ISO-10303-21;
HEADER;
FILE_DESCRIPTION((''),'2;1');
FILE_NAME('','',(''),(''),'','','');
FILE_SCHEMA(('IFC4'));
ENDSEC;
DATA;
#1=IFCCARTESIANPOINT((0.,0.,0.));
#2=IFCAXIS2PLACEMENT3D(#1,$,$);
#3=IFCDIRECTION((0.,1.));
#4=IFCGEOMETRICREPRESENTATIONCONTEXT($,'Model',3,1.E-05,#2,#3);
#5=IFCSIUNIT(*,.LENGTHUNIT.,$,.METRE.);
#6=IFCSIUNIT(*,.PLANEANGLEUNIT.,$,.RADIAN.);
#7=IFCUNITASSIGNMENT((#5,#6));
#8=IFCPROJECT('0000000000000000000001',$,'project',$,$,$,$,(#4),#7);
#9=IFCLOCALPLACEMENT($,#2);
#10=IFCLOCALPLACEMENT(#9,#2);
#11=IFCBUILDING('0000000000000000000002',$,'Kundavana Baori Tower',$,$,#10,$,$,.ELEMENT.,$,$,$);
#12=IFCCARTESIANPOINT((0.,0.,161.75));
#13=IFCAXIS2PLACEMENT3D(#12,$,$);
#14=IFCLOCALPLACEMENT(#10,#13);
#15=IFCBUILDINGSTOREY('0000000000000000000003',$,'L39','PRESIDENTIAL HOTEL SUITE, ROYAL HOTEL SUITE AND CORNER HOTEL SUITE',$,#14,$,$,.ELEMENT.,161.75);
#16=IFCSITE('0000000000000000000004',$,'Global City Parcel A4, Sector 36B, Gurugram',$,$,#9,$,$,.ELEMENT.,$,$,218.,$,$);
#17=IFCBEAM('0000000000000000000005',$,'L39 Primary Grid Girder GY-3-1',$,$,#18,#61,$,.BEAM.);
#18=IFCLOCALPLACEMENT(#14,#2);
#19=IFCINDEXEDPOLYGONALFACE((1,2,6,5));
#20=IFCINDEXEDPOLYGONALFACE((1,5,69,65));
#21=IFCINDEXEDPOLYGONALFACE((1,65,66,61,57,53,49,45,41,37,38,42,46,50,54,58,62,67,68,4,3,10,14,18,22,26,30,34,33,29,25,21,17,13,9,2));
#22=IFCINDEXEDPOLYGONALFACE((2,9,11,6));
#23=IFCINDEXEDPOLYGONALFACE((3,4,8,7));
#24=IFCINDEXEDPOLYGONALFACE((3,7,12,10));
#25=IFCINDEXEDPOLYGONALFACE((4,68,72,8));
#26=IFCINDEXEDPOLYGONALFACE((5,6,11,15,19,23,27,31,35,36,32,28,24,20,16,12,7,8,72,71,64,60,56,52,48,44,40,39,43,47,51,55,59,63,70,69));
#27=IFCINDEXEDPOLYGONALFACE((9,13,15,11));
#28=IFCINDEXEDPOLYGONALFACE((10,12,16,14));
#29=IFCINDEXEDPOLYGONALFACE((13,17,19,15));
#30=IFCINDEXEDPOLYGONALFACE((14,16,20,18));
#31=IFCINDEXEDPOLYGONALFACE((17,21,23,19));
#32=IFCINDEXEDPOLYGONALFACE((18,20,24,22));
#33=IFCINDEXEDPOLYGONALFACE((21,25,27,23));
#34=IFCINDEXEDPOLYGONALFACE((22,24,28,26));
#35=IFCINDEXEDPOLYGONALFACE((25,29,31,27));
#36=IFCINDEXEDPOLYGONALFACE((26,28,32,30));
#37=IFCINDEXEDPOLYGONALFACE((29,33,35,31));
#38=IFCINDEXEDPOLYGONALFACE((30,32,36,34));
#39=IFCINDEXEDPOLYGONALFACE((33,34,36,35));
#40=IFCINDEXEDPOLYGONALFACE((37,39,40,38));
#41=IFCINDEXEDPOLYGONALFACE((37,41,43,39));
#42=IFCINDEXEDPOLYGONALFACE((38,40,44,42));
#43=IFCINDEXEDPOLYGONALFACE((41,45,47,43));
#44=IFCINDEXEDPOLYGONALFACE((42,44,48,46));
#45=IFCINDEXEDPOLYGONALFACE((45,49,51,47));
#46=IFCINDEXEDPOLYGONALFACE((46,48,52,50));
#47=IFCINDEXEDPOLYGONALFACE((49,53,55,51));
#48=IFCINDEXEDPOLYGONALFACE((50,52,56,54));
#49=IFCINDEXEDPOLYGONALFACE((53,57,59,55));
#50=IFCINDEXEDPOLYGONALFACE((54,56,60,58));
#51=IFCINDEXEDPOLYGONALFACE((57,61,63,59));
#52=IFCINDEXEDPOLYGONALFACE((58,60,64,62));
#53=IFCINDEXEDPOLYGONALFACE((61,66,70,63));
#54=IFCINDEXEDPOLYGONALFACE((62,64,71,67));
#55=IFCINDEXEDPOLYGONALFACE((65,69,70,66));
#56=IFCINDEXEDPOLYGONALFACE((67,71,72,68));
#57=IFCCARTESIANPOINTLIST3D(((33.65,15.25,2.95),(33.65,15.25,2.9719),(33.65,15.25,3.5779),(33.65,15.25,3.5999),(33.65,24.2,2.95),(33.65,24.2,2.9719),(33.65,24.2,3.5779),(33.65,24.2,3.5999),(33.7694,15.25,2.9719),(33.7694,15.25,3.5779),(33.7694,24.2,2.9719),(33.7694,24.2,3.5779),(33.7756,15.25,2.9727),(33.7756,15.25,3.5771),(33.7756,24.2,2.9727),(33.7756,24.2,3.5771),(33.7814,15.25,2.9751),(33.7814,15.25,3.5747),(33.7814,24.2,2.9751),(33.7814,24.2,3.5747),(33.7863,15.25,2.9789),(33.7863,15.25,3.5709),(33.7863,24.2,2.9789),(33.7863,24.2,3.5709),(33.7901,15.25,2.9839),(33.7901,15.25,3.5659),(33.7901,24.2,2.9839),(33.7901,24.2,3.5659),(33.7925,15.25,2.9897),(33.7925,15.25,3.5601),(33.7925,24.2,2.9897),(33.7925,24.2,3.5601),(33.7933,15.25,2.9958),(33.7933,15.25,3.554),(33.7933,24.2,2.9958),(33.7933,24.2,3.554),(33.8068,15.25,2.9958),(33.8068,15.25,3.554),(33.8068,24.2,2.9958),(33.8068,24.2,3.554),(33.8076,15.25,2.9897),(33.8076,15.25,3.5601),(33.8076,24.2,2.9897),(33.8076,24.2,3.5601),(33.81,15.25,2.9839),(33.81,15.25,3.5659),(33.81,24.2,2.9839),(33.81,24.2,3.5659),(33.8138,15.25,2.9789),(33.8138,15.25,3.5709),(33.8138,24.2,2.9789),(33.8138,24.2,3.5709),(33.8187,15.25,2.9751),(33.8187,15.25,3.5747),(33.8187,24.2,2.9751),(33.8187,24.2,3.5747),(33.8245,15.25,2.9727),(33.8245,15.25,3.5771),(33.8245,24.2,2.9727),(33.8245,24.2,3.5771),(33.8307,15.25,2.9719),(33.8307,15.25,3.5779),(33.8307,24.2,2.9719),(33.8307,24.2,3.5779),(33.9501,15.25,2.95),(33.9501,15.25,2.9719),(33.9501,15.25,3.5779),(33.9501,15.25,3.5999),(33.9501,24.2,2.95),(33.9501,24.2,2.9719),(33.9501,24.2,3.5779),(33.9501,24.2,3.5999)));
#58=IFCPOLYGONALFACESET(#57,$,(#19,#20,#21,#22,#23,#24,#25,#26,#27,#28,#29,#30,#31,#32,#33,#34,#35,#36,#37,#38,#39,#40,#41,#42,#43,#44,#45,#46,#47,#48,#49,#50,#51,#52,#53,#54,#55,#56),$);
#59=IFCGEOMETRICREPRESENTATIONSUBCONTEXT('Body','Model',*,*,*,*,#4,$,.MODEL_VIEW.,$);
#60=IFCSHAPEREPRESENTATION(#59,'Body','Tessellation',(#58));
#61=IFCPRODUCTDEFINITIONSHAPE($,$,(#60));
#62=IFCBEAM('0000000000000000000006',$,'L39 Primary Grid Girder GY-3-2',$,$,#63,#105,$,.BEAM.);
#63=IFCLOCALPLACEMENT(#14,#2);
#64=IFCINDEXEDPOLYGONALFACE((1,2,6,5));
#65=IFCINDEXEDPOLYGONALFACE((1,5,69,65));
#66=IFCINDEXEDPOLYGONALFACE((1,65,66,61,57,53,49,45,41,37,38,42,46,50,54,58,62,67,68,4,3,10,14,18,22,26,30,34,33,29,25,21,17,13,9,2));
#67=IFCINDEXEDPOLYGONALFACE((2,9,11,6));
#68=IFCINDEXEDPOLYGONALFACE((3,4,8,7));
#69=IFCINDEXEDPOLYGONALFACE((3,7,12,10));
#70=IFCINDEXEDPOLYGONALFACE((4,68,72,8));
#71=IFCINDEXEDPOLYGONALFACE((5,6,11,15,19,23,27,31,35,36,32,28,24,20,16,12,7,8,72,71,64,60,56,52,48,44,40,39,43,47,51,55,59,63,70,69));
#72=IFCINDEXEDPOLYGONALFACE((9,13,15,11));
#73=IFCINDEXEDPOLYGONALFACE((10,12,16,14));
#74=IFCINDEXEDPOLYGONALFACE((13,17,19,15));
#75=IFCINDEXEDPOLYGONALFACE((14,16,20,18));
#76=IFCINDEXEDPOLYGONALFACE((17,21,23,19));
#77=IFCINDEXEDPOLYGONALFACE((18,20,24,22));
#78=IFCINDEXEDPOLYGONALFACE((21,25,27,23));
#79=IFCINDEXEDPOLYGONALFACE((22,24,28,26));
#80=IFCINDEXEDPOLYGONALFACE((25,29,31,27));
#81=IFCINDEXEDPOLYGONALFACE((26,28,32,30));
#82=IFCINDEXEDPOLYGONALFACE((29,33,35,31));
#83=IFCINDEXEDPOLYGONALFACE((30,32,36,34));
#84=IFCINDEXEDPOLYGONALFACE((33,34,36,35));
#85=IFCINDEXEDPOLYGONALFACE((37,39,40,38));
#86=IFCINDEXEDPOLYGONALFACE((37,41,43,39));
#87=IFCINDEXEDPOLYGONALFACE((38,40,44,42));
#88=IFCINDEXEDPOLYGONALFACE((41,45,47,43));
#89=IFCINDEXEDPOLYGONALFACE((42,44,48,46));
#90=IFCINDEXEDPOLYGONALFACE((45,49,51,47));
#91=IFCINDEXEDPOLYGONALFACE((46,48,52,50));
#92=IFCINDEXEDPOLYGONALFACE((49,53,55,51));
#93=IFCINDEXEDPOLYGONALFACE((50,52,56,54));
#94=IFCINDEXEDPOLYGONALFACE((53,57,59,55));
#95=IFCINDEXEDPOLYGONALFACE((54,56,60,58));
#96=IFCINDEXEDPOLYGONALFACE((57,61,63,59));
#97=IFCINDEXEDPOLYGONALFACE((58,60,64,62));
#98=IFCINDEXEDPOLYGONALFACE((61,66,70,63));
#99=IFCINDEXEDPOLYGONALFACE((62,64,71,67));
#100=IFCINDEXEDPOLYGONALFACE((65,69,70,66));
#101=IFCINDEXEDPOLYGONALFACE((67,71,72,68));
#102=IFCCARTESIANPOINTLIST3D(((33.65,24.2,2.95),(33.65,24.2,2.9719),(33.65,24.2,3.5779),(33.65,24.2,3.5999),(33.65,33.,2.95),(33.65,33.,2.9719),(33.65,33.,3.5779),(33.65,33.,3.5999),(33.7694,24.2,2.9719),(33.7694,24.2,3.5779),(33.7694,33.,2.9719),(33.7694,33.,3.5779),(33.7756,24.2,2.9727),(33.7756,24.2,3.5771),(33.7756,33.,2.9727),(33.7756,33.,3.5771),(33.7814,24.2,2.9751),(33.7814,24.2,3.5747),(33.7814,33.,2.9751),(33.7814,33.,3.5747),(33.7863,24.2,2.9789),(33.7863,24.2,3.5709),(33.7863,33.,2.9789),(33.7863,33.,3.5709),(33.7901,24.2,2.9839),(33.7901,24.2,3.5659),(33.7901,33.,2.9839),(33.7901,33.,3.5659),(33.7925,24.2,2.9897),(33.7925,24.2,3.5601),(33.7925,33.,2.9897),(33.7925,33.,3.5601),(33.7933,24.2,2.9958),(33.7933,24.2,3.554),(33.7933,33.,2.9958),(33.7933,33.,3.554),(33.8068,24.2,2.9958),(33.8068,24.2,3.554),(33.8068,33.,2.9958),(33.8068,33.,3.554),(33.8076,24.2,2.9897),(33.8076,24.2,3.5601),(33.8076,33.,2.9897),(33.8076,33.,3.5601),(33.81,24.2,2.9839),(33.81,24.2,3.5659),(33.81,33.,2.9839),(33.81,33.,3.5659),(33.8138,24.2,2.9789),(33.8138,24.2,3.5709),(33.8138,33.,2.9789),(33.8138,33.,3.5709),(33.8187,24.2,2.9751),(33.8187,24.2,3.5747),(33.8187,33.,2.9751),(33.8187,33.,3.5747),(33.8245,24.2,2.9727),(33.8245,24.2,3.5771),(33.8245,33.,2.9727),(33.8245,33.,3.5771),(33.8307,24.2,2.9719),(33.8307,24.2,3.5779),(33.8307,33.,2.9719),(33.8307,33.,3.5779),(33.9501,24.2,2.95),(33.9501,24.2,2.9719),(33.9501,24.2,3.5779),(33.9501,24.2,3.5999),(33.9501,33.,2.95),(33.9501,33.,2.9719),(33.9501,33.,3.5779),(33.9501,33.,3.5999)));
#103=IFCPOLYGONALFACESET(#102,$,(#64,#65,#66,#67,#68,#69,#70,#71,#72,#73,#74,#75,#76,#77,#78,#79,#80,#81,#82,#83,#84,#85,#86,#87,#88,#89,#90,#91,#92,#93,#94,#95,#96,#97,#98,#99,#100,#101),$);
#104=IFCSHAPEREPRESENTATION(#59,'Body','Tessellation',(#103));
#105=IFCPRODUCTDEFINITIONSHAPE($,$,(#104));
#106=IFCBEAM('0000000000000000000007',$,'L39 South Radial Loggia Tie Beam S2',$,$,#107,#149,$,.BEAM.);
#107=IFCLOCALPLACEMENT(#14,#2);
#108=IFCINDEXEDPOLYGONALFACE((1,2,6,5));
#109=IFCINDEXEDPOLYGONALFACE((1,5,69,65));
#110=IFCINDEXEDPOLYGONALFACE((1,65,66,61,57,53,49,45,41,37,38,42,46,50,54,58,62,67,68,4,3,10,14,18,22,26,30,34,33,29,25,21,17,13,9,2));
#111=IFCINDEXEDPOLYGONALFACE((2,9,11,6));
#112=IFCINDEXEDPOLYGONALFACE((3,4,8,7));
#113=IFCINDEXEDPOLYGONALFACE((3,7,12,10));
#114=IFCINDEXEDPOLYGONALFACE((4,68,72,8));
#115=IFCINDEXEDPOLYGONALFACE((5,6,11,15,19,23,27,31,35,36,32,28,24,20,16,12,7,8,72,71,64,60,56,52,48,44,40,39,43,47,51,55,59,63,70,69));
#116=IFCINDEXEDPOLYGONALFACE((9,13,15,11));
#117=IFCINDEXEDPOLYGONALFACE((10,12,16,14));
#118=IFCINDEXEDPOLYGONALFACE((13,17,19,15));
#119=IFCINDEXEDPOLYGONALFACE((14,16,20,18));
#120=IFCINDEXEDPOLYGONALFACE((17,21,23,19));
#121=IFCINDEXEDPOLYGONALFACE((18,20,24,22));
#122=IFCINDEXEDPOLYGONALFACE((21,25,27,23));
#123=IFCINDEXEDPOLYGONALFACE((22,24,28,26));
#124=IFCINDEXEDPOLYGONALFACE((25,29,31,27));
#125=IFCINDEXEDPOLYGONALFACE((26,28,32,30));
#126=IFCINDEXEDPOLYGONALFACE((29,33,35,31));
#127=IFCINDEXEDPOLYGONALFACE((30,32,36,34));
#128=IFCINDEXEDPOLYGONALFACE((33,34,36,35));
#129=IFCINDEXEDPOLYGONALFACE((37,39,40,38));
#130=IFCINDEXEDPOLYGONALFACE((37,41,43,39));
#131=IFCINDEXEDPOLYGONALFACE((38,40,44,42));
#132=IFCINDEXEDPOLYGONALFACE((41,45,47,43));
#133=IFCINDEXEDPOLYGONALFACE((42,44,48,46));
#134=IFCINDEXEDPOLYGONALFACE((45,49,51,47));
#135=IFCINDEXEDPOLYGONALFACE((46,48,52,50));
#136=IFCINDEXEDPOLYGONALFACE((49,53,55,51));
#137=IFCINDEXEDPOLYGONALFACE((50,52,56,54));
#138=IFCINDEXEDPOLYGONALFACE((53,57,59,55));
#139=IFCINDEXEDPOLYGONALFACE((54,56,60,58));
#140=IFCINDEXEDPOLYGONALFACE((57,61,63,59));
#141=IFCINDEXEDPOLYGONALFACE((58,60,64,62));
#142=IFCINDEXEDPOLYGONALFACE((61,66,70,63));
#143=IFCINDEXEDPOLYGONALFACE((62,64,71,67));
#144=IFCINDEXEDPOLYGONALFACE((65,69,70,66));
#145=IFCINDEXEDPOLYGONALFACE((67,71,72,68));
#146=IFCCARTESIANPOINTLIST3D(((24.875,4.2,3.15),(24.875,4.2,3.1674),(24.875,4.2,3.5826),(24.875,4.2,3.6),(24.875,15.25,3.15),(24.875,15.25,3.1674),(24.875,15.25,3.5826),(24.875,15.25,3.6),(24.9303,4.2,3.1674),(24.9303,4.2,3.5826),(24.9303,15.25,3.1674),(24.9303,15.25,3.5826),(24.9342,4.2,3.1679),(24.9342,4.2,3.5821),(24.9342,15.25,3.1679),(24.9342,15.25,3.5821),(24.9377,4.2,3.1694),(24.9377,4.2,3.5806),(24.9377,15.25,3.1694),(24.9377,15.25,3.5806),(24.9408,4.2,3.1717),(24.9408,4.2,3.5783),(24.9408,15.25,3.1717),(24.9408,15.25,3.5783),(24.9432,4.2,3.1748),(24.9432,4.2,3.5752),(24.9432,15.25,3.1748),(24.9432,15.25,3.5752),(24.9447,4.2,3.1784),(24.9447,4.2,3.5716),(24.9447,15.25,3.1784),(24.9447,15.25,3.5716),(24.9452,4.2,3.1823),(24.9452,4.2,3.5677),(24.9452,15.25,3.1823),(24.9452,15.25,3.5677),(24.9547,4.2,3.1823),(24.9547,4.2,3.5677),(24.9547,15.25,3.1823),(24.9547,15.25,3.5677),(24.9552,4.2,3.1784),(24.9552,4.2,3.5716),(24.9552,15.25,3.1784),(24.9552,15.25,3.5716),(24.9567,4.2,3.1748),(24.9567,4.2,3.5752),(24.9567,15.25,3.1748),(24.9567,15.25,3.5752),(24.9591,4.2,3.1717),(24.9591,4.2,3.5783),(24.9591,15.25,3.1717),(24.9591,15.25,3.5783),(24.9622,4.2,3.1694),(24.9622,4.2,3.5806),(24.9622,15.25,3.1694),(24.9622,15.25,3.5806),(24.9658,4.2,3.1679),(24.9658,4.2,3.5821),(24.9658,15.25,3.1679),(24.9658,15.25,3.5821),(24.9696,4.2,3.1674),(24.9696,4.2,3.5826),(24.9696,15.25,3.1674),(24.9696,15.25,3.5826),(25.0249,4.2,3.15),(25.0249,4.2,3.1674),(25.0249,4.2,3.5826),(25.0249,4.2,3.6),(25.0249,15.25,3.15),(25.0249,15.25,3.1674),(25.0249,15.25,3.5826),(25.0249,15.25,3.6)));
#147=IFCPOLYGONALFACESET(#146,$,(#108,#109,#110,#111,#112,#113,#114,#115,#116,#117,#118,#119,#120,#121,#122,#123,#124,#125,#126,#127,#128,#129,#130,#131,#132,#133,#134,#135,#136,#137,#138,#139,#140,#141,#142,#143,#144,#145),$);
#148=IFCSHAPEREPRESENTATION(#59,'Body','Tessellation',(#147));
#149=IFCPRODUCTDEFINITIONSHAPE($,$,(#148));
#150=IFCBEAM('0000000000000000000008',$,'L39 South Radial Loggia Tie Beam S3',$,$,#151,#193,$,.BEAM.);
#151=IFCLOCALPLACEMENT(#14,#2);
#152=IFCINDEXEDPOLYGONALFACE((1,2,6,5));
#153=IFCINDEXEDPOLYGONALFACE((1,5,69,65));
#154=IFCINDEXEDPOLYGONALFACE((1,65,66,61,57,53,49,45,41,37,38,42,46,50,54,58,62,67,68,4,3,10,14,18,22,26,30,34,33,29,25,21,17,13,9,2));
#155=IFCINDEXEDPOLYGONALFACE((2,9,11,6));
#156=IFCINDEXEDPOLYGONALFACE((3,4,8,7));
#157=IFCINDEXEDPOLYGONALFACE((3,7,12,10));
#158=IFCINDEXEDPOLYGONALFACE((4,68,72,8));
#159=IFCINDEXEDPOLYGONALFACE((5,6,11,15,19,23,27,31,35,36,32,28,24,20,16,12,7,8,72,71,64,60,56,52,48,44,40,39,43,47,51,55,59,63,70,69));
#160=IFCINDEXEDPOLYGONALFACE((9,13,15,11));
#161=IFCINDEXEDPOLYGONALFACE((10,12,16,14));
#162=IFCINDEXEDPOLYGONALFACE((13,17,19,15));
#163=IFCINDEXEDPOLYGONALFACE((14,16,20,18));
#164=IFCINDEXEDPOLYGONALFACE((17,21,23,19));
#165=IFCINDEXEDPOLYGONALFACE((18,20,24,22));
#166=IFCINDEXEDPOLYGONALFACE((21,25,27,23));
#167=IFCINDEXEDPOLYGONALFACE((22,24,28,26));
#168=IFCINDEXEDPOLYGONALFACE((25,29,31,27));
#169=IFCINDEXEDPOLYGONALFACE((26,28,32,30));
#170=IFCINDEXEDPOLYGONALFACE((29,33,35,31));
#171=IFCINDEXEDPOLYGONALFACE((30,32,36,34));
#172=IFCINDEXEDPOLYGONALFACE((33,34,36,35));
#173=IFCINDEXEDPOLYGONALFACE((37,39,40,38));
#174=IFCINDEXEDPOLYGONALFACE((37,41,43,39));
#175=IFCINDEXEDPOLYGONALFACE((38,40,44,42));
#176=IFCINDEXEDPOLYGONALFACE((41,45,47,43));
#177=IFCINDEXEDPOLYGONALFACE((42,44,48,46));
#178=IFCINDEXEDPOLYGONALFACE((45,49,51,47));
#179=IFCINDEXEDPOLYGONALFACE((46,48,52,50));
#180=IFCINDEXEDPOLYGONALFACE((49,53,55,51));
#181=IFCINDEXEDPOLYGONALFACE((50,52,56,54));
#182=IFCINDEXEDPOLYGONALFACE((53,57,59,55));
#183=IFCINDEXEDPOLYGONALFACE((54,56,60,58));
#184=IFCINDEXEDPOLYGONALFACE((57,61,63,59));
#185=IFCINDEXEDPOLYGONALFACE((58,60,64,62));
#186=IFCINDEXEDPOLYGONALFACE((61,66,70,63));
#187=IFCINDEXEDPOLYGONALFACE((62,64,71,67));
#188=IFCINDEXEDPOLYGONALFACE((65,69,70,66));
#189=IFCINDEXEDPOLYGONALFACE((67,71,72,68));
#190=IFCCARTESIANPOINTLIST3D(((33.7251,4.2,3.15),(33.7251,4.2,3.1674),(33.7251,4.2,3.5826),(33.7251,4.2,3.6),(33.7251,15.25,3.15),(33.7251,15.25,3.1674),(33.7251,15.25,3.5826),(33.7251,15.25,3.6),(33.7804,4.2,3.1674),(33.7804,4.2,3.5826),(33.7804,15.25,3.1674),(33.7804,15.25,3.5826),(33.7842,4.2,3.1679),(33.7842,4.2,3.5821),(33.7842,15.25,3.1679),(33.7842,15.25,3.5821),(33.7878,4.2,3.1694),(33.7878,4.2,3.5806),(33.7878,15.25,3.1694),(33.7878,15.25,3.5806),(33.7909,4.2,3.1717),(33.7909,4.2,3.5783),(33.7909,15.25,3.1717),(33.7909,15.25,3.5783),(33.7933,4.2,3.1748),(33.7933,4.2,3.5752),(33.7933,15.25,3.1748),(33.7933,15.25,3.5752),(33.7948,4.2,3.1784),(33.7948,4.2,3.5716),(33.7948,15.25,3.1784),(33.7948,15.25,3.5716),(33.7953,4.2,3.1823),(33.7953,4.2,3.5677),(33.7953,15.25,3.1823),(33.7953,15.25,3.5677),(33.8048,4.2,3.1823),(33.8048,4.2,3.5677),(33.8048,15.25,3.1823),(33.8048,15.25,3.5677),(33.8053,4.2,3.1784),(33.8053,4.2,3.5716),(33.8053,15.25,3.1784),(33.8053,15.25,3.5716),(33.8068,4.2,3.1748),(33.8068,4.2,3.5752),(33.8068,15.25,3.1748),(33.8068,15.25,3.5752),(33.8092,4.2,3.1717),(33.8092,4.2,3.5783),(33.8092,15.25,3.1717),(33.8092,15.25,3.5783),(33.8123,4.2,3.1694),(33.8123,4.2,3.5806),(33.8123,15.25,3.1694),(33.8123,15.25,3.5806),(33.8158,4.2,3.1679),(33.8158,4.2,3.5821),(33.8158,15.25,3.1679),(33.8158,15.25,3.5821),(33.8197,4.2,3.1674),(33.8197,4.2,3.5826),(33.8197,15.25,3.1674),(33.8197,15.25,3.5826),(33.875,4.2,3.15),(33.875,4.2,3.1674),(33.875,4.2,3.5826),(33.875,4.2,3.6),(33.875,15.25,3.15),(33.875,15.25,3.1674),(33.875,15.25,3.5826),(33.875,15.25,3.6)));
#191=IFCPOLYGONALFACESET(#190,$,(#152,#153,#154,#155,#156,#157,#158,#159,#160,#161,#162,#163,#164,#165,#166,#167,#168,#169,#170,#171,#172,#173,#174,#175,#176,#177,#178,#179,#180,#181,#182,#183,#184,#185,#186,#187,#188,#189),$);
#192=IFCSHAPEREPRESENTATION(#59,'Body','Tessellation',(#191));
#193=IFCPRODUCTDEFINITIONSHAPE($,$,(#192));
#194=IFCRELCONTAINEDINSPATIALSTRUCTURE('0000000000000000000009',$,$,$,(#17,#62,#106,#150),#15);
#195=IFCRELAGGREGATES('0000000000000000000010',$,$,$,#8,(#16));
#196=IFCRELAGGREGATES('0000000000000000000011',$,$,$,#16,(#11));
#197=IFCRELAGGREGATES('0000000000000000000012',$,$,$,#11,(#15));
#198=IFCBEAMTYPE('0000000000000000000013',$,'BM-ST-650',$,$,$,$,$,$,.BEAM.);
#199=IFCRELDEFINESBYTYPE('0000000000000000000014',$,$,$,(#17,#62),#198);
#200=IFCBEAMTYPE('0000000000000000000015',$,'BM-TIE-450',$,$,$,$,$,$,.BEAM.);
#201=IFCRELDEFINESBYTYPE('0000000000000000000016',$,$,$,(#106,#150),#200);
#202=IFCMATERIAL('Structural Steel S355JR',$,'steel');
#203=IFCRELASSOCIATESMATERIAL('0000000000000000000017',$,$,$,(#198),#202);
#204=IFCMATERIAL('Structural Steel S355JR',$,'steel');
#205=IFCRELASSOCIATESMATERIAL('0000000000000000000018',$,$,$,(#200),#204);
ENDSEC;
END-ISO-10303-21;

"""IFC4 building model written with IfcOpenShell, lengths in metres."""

from ifc_helpers import new_model, si_unit, direction, frame, origin, origin_2d, place, context, subcontext, project, spatial, i_section, extrude, material, material_profile, profile_set, type_object, element, save


model = new_model("IFC4")

# Units and contexts
model_context = context("Model", 3, precision=1e-05, world=origin(), true_north=direction((0.0, 1.0)))
body_context = subcontext(model_context, "Body", "Model", "MODEL_VIEW")
ifc_project = project(units=[si_unit("LENGTHUNIT", "METRE"), si_unit("PLANEANGLEUNIT", "RADIAN")], contexts=[model_context])

# Site, building, storey
site_placement = place(None, origin())
site = spatial("IfcSite", under=ifc_project, at=site_placement, Name="Global City Parcel A4, Sector 36B, Gurugram", CompositionType="ELEMENT", RefElevation=218.0)
building_placement = place(site_placement, origin())
building = spatial("IfcBuilding", under=site, at=building_placement, Name="Kundavana Baori Tower", CompositionType="ELEMENT")
storey_placement = place(building_placement, frame((0.0, 0.0, 161.75)))
storey = spatial("IfcBuildingStorey", under=building, at=storey_placement, Name="L39", Description="PRESIDENTIAL HOTEL SUITE, ROYAL HOTEL SUITE AND CORNER HOTEL SUITE", CompositionType="ELEMENT", Elevation=161.75)

# Beams
ifc_material_1 = material(Name="Structural Steel S355JR", Category="steel")
ifc_material_profile_1 = material_profile(ifc_material_1, i_section(OverallWidth=0.3, OverallDepth=0.6499, WebThickness=0.0134, FlangeThickness=0.022, FilletRadius=0.0239, at=origin_2d()), Name="NPB 650x300x155")
ifc_profile_set_1 = profile_set([ifc_material_profile_1], Name="Structural Steel S355JR")
beam_type_1 = type_object("IfcBeamType", Name="BM-ST-650", PredefinedType="BEAM", material=ifc_profile_set_1)
beam_1_placement = place(storey_placement, frame((33.8, 15.25, 3.2749), z_axis=(0.0, 1.0, 0.0), x_axis=(-1.0, 0.0, 0.0)))
element("IfcBeam", 1, at=beam_1_placement, inside=storey, type_object=beam_type_1, Name="L39 Primary Grid Girder GY-3-1", PredefinedType="BEAM", context=body_context, shape_type="SweptSolid", body=[
    extrude(i_section(OverallWidth=0.3, OverallDepth=0.6499, WebThickness=0.0134, FlangeThickness=0.022, FilletRadius=0.0239, at=origin_2d()), origin(), (0.0, 0.0, 1.0), 8.95),
])
beam_2_placement = place(storey_placement, frame((33.8, 24.2, 3.2749), z_axis=(0.0, 1.0, 0.0), x_axis=(-1.0, 0.0, 0.0)))
element("IfcBeam", 2, at=beam_2_placement, inside=storey, type_object=beam_type_1, Name="L39 Primary Grid Girder GY-3-2", PredefinedType="BEAM", context=body_context, shape_type="SweptSolid", body=[
    extrude(i_section(OverallWidth=0.3, OverallDepth=0.6499, WebThickness=0.0134, FlangeThickness=0.022, FilletRadius=0.0239, at=origin_2d()), origin(), (0.0, 0.0, 1.0), 8.8),
])
ifc_material_2 = material(Name="Structural Steel S355JR", Category="steel")
ifc_material_profile_2 = material_profile(ifc_material_2, i_section(OverallWidth=0.1499, OverallDepth=0.45, WebThickness=0.0095, FlangeThickness=0.0173, FilletRadius=0.0149, at=origin_2d()), Name="ISMB 450")
ifc_profile_set_2 = profile_set([ifc_material_profile_2], Name="Structural Steel S355JR")
beam_type_2 = type_object("IfcBeamType", Name="BM-TIE-450", PredefinedType="BEAM", material=ifc_profile_set_2)
for number, where, z_axis, x_axis, name in (
    (3, (24.95, 15.25, 3.375), (0.0, -1.0, 0.0), (1.0, 0.0, 0.0), "L39 South Radial Loggia Tie Beam S2"),
    (4, (33.8, 15.25, 3.375), (0.0, -1.0, 0.0), (1.0, 0.0, 0.0), "L39 South Radial Loggia Tie Beam S3"),
):
    element("IfcBeam", number, at=place(storey_placement, frame(where, z_axis=z_axis, x_axis=x_axis)), inside=storey, type_object=beam_type_2, Name=name, PredefinedType="BEAM", context=body_context, shape_type="SweptSolid", body=[
        extrude(i_section(OverallWidth=0.1499, OverallDepth=0.45, WebThickness=0.0095, FlangeThickness=0.0173, FilletRadius=0.0149, at=origin_2d()), origin(), (0.0, 0.0, 1.0), 11.05),
    ])

save(model, "model.ifc")
